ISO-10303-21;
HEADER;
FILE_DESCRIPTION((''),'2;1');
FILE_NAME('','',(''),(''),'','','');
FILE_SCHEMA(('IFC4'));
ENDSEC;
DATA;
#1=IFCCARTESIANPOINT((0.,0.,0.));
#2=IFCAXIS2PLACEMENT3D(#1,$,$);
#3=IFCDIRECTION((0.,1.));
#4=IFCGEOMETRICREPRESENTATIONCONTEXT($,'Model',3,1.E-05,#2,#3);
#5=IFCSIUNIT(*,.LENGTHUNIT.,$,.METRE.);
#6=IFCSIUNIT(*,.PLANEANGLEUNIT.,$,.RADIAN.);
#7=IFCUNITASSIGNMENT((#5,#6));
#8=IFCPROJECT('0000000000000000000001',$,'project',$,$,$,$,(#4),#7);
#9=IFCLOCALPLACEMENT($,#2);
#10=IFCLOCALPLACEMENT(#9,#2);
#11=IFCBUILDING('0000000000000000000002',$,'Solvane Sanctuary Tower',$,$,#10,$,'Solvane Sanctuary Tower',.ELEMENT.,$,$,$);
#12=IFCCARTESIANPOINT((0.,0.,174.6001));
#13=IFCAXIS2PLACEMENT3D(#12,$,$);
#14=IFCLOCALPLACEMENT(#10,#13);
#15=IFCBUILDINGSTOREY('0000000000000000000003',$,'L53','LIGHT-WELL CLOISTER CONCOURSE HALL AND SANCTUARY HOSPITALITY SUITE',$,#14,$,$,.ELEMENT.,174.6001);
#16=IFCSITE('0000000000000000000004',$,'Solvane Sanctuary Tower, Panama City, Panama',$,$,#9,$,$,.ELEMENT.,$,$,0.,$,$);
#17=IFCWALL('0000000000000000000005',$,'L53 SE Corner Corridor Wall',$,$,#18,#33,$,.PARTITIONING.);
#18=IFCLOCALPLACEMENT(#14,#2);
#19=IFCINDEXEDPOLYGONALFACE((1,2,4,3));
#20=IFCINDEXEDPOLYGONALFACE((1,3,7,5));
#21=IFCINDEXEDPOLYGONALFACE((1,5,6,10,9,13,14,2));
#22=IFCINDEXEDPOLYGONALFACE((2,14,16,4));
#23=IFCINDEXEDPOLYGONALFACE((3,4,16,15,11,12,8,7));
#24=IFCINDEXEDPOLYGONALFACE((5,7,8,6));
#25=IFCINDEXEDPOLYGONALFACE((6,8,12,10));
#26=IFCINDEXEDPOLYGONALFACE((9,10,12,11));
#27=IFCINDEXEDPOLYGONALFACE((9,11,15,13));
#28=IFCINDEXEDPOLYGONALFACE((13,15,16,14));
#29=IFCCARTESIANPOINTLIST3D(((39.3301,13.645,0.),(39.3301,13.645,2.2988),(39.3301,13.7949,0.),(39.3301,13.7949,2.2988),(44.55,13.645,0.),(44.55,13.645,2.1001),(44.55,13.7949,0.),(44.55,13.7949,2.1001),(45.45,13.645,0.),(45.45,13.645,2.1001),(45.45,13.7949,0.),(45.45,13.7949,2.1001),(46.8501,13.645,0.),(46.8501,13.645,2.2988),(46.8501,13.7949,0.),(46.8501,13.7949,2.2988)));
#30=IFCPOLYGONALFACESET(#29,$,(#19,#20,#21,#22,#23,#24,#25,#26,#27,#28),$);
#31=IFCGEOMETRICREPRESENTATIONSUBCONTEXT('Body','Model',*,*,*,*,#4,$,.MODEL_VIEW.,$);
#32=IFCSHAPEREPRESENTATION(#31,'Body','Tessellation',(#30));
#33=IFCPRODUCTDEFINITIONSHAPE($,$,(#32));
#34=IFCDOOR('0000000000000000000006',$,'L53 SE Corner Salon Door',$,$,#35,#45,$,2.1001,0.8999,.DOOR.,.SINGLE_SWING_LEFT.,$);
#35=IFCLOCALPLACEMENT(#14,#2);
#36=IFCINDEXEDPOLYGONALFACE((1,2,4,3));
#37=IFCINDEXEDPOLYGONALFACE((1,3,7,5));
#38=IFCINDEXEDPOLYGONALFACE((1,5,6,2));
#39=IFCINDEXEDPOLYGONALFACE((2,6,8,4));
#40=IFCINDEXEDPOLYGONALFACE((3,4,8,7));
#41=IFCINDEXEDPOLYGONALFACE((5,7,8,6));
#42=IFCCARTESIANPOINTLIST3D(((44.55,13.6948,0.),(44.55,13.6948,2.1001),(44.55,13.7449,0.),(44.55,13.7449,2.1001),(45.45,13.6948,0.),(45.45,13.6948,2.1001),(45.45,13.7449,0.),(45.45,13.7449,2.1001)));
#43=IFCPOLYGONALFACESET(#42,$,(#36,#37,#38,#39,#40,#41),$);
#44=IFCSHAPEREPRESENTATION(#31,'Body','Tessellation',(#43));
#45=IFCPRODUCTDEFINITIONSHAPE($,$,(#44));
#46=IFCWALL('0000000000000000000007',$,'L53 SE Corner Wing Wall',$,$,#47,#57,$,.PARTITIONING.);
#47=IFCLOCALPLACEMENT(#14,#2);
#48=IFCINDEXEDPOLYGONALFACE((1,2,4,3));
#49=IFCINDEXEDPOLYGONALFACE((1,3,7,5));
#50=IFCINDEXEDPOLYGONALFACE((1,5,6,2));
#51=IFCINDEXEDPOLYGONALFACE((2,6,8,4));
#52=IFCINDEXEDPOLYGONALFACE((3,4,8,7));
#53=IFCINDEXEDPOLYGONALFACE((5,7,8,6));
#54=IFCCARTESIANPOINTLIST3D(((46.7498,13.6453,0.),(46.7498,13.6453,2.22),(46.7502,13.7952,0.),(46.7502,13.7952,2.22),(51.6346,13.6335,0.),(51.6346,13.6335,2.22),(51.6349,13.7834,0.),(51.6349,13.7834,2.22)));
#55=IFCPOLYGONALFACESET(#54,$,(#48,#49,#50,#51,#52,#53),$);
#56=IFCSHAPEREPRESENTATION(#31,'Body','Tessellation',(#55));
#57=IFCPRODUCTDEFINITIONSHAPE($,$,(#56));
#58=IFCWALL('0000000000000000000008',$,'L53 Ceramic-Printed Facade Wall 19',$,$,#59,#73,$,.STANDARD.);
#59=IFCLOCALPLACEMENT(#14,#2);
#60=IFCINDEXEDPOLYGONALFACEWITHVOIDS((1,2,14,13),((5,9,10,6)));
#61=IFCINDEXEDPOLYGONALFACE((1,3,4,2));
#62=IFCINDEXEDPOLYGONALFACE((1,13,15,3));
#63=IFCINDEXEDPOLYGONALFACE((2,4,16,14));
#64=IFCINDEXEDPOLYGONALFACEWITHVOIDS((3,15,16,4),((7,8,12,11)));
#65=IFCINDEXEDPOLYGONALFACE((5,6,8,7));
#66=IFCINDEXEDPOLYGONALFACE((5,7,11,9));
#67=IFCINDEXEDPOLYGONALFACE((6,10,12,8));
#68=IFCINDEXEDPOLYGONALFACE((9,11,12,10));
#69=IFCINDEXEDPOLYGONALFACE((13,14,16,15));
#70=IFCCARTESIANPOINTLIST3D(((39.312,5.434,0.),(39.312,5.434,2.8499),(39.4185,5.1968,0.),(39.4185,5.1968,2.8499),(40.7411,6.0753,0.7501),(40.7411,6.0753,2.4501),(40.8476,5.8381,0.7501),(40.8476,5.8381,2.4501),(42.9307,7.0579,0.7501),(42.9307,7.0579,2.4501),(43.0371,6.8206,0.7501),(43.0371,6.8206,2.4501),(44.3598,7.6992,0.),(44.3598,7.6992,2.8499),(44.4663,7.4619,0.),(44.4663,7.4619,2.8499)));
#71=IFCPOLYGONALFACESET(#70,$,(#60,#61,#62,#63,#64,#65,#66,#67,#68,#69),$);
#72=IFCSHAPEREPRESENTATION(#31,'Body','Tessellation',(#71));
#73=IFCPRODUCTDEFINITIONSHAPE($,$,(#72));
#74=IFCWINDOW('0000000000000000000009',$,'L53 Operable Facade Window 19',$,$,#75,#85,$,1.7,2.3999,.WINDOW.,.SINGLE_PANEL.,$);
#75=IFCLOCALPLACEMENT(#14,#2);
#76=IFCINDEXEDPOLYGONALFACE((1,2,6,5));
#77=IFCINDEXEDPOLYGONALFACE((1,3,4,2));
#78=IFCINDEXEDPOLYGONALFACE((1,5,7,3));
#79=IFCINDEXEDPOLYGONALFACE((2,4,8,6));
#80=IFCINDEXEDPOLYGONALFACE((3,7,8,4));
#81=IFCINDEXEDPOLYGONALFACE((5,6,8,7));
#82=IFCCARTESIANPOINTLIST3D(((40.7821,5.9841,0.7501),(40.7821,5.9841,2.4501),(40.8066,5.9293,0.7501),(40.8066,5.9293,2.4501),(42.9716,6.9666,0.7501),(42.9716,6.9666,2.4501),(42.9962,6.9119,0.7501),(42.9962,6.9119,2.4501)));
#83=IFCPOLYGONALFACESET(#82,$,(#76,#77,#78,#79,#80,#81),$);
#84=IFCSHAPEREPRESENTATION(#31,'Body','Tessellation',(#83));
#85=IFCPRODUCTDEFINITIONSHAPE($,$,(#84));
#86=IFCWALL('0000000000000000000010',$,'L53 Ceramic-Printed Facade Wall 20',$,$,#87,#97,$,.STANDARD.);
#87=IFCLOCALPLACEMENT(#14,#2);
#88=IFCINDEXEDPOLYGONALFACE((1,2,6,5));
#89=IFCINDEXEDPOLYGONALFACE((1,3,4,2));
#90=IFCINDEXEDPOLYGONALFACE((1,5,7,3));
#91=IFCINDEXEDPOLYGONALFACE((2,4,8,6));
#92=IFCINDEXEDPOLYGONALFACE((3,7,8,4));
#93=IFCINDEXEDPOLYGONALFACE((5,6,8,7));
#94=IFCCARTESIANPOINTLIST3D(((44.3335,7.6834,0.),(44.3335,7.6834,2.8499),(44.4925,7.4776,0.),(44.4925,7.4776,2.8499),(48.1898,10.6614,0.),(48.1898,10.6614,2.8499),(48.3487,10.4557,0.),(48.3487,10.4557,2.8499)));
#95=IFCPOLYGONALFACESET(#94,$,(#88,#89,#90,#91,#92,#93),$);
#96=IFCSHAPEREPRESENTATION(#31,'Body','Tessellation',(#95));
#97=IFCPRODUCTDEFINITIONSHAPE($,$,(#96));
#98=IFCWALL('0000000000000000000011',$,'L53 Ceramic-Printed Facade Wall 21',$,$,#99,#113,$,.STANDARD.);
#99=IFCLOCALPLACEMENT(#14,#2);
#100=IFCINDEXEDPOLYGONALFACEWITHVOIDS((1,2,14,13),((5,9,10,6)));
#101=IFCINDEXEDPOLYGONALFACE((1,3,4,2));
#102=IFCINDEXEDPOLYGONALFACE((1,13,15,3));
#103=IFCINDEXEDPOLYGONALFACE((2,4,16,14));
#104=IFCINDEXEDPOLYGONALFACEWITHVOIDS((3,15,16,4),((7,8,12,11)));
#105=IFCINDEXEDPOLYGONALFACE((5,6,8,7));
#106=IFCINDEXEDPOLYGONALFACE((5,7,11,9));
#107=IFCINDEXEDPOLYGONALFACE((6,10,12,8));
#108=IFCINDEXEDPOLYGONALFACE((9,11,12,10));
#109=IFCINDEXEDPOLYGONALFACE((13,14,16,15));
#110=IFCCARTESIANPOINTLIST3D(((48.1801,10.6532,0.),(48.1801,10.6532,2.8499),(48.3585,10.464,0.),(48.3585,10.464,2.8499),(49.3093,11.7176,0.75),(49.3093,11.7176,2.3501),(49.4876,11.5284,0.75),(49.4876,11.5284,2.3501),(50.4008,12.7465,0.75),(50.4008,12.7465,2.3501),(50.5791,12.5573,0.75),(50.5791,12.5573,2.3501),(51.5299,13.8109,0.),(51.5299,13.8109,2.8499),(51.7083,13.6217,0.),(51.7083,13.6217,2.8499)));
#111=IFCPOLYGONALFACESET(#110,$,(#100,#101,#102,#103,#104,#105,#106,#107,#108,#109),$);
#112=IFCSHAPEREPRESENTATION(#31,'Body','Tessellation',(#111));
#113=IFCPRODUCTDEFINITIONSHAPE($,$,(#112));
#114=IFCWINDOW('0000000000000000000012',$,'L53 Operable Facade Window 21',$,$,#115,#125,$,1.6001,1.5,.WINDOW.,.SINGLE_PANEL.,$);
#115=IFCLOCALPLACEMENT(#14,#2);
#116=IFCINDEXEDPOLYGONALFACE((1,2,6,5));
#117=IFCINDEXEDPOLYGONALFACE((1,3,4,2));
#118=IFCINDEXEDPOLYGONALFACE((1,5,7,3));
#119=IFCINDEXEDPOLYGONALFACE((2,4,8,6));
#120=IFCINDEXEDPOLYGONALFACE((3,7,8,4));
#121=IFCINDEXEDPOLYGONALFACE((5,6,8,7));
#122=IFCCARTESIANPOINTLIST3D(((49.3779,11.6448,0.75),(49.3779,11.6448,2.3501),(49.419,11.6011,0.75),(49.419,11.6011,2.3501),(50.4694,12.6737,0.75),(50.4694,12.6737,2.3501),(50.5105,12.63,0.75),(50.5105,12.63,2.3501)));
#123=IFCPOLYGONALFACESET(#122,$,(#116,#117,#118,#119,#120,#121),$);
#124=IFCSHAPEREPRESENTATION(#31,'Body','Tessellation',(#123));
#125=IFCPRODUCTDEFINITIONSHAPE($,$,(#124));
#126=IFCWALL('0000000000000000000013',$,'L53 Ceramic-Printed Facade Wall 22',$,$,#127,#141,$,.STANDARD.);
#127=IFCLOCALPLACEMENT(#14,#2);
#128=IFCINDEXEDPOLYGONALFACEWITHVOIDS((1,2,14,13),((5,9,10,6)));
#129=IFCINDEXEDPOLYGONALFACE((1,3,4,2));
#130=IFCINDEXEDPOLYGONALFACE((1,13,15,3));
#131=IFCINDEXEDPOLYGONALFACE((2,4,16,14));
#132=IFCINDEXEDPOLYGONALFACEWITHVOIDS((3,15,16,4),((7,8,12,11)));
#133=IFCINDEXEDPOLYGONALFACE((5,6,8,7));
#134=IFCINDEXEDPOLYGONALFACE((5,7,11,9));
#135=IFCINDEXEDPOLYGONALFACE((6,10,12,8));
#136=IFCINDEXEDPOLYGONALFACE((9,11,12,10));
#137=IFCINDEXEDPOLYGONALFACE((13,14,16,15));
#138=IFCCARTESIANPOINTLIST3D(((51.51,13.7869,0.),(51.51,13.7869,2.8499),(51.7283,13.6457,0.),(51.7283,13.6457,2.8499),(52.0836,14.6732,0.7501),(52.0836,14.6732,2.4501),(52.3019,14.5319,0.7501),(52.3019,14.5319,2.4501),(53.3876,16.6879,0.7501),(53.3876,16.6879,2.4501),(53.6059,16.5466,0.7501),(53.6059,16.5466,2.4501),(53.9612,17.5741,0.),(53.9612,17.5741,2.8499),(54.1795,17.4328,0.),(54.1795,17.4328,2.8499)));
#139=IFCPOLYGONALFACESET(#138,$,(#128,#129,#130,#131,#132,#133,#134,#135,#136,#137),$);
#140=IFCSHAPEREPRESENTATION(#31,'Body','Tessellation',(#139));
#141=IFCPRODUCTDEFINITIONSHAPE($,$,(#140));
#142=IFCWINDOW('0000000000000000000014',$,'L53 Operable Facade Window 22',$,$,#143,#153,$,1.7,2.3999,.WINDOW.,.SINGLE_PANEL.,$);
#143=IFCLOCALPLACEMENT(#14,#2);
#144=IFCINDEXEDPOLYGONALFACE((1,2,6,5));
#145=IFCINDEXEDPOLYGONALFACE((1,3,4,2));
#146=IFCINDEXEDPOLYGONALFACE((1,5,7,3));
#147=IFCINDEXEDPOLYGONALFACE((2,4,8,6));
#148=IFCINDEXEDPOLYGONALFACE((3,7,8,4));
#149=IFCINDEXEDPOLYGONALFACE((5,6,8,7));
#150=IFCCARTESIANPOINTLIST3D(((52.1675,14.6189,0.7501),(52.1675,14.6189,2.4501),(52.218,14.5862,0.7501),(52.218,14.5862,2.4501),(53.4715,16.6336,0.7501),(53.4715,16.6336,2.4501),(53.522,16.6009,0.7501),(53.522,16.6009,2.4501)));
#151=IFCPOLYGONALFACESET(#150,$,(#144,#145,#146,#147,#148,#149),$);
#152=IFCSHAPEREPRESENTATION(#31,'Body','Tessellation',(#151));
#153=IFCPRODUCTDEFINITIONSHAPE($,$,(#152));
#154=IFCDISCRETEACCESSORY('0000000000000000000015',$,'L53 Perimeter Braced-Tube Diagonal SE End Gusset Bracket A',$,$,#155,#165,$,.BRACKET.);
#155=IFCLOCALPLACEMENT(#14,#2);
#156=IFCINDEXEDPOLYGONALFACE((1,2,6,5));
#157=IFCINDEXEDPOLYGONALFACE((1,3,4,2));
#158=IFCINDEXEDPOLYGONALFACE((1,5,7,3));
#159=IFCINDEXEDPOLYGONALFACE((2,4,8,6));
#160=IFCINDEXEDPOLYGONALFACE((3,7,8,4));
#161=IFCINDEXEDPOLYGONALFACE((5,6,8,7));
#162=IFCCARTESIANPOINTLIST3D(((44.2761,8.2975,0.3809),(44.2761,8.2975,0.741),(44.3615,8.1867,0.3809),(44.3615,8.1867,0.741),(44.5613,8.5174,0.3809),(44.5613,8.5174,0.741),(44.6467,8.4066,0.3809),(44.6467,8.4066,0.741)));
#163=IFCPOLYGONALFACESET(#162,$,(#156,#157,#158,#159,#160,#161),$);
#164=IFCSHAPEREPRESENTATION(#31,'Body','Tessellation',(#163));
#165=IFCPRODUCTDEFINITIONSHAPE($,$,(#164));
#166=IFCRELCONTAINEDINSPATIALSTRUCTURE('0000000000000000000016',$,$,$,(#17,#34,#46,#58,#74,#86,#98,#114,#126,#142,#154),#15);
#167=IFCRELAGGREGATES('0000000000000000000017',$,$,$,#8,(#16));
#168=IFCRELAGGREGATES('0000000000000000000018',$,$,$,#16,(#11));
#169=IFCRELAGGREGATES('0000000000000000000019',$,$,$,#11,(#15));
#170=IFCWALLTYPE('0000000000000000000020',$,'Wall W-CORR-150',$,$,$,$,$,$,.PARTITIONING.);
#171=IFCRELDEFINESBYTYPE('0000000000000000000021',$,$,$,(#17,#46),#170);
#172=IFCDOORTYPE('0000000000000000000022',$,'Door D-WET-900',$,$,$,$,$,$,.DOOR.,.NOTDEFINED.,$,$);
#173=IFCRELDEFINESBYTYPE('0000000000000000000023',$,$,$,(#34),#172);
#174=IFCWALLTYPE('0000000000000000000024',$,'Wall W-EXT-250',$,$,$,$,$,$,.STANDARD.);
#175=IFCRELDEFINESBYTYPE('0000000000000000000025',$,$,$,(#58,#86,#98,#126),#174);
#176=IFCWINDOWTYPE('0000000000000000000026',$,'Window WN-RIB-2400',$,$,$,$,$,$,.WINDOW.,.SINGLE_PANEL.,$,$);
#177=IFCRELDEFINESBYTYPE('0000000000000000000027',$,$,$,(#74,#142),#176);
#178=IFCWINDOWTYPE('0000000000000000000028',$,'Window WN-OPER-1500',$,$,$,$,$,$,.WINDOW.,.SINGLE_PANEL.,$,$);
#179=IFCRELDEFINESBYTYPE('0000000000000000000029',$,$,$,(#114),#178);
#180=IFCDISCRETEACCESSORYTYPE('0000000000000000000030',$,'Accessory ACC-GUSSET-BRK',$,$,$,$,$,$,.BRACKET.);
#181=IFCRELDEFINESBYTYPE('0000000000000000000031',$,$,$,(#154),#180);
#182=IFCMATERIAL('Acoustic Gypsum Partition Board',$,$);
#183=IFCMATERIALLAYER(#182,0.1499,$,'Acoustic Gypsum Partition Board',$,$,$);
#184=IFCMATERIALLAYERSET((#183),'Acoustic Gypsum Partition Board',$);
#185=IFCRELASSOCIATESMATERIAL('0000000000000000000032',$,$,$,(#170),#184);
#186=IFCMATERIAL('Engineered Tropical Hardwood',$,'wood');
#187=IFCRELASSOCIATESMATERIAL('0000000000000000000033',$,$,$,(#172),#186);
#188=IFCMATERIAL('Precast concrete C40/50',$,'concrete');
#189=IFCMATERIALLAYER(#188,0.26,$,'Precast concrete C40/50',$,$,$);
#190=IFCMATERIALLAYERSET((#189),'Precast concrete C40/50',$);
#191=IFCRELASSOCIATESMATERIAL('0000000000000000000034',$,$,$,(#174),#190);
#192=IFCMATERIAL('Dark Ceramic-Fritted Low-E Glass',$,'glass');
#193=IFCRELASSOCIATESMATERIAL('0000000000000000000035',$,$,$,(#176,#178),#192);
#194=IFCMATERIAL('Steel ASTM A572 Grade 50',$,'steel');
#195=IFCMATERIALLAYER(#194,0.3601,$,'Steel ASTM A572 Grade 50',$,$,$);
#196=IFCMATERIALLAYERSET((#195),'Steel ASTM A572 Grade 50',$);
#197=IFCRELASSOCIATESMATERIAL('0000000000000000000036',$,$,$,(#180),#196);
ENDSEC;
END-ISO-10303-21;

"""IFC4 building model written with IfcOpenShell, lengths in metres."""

from ifc_helpers import new_model, si_unit, direction, frame, frame_2d, origin, origin_2d, place, context, subcontext, project, spatial, rectangle, extrude, material, layer, layer_set, type_object, element, fill, save


model = new_model("IFC4")

# Units and contexts
model_context = context("Model", 3, precision=1e-05, world=origin(), true_north=direction((0.0, 1.0)))
body_context = subcontext(model_context, "Body", "Model", "MODEL_VIEW")
ifc_project = project(units=[si_unit("LENGTHUNIT", "METRE"), si_unit("PLANEANGLEUNIT", "RADIAN")], contexts=[model_context])

# Site, building, storey
site_placement = place(None, origin())
site = spatial("IfcSite", under=ifc_project, at=site_placement, Name="Solvane Sanctuary Tower, Panama City, Panama", CompositionType="ELEMENT", RefElevation=0.0)
building_placement = place(site_placement, origin())
building = spatial("IfcBuilding", under=site, at=building_placement, Name="Solvane Sanctuary Tower", LongName="Solvane Sanctuary Tower", CompositionType="ELEMENT")
storey_placement = place(building_placement, frame((0.0, 0.0, 174.6001)))
storey = spatial("IfcBuildingStorey", under=building, at=storey_placement, Name="L53", Description="LIGHT-WELL CLOISTER CONCOURSE HALL AND SANCTUARY HOSPITALITY SUITE", CompositionType="ELEMENT", Elevation=174.6001)

# Wall, opening, door
ifc_material_1 = material(Name="Acoustic Gypsum Partition Board")
ifc_layer_1 = layer(ifc_material_1, 0.1499, Name="Acoustic Gypsum Partition Board")
ifc_layer_set_1 = layer_set([ifc_layer_1], Name="Acoustic Gypsum Partition Board")
wall_type_1 = type_object("IfcWallType", Name="Wall W-CORR-150", PredefinedType="PARTITIONING", material=ifc_layer_set_1)
wall_1_placement = place(storey_placement, frame((39.3301, 13.72, 0.0), z_axis=(0.0, 0.0, 1.0), x_axis=(1.0, 0.0, 0.0)))
wall_1 = element("IfcWall", 1, at=wall_1_placement, inside=storey, type_object=wall_type_1, Name="L53 SE Corner Corridor Wall", PredefinedType="PARTITIONING", context=body_context, shape_type="SweptSolid", body=[
    extrude(rectangle(XDim=7.52, YDim=0.1499, at=frame_2d((3.76, 0.0))), origin(), (0.0, 0.0, 1.0), 2.2988),
])
opening_1_placement = place(wall_1_placement, frame((5.22, 0.0, 0.0)))
opening_1 = element("IfcOpeningElement", 2, at=opening_1_placement, cuts=wall_1, PredefinedType="OPENING", context=body_context, shape_type="SweptSolid", body=[
    extrude(rectangle(XDim=0.8999, YDim=2.1001, at=frame_2d((0.45, 1.05))), frame((0.0, 0.085, 0.0), z_axis=(0.0, -1.0, 0.0), x_axis=(1.0, 0.0, 0.0)), (0.0, 0.0, 1.0), 0.1699),
])
ifc_material_2 = material(Name="Engineered Tropical Hardwood", Category="wood")
door_type = type_object("IfcDoorType", Name="Door D-WET-900", OperationType="NOTDEFINED", PredefinedType="DOOR", material=ifc_material_2)
door_placement = place(opening_1_placement, origin())
door = element("IfcDoor", 3, at=door_placement, inside=storey, type_object=door_type, Name="L53 SE Corner Salon Door", OperationType="SINGLE_SWING_LEFT", OverallHeight=2.1001, OverallWidth=0.8999, PredefinedType="DOOR", context=body_context, shape_type="SweptSolid", body=[
    extrude(rectangle(XDim=0.8999, YDim=2.1001, at=frame_2d((0.45, 1.05))), frame((0.0, 0.0249, 0.0), z_axis=(0.0, -1.0, 0.0), x_axis=(1.0, 0.0, 0.0)), (0.0, 0.0, 1.0), 0.05),
])
fill(opening_1, door)

# Wall
wall_2_placement = place(storey_placement, frame((46.75, 13.7202, 0.0), z_axis=(0.0, 0.0, 1.0), x_axis=(0.999997, -0.002399, 0.0)))
element("IfcWall", 4, at=wall_2_placement, inside=storey, type_object=wall_type_1, Name="L53 SE Corner Wing Wall", PredefinedType="PARTITIONING", context=body_context, shape_type="SweptSolid", body=[
    extrude(rectangle(XDim=4.8848, YDim=0.1499, at=frame_2d((2.4424, 0.0))), origin(), (0.0, 0.0, 1.0), 2.22),
])

# Wall, opening, window
ifc_material_3 = material(Name="Precast concrete C40/50", Category="concrete")
ifc_layer_2 = layer(ifc_material_3, 0.26, Name="Precast concrete C40/50")
ifc_layer_set_2 = layer_set([ifc_layer_2], Name="Precast concrete C40/50")
wall_type_2 = type_object("IfcWallType", Name="Wall W-EXT-250", PredefinedType="STANDARD", material=ifc_layer_set_2)
wall_3_placement = place(storey_placement, frame((39.3652, 5.3154, 0.0), z_axis=(0.0, 0.0, 1.0), x_axis=(0.912354, 0.409403, 0.0)))
wall_3 = element("IfcWall", 5, at=wall_3_placement, inside=storey, type_object=wall_type_2, Name="L53 Ceramic-Printed Facade Wall 19", PredefinedType="STANDARD", context=body_context, shape_type="SweptSolid", body=[
    extrude(rectangle(XDim=5.5327, YDim=0.26, at=frame_2d((2.7664, 0.0))), origin(), (0.0, 0.0, 1.0), 2.8499),
])
opening_2_placement = place(wall_3_placement, frame((1.5664, 0.0, 0.75)))
opening_2 = element("IfcOpeningElement", 6, at=opening_2_placement, cuts=wall_3, PredefinedType="OPENING", context=body_context, shape_type="SweptSolid", body=[
    extrude(rectangle(XDim=2.3999, YDim=1.7, at=frame_2d((1.2, 0.8501))), frame((0.0, 0.1399, 0.0), z_axis=(0.0, -1.0, 0.0), x_axis=(1.0, 0.0, 0.0)), (0.0, 0.0, 1.0), 0.28),
])
ifc_material_4 = material(Name="Dark Ceramic-Fritted Low-E Glass", Category="glass")
window_type_1 = type_object("IfcWindowType", Name="Window WN-RIB-2400", PartitioningType="SINGLE_PANEL", PredefinedType="WINDOW", material=ifc_material_4)
window_1_placement = place(opening_2_placement, origin())
window_1 = element("IfcWindow", 7, at=window_1_placement, inside=storey, type_object=window_type_1, Name="L53 Operable Facade Window 19", OverallHeight=1.7, OverallWidth=2.3999, PartitioningType="SINGLE_PANEL", PredefinedType="WINDOW", context=body_context, shape_type="SweptSolid", body=[
    extrude(rectangle(XDim=2.3999, YDim=1.7, at=frame_2d((1.2, 0.8501))), frame((0.0, 0.03, 0.0), z_axis=(0.0, -1.0, 0.0), x_axis=(1.0, 0.0, 0.0)), (0.0, 0.0, 1.0), 0.0601),
])
fill(opening_2, window_1)

# Wall
wall_4_placement = place(storey_placement, frame((44.4131, 7.5806, 0.0), z_axis=(0.0, 0.0, 1.0), x_axis=(0.79146, 0.611221, 0.0)))
element("IfcWall", 8, at=wall_4_placement, inside=storey, type_object=wall_type_2, Name="L53 Ceramic-Printed Facade Wall 20", PredefinedType="STANDARD", context=body_context, shape_type="SweptSolid", body=[
    extrude(rectangle(XDim=4.8723, YDim=0.26, at=frame_2d((2.436, 0.0))), origin(), (0.0, 0.0, 1.0), 2.8499),
])

# Walls, openings, windows
wall_5_placement = place(storey_placement, frame((48.2693, 10.5586, 0.0), z_axis=(0.0, 0.0, 1.0), x_axis=(0.727667, 0.68593, 0.0)))
wall_5 = element("IfcWall", 9, at=wall_5_placement, inside=storey, type_object=wall_type_2, Name="L53 Ceramic-Printed Facade Wall 21", PredefinedType="STANDARD", context=body_context, shape_type="SweptSolid", body=[
    extrude(rectangle(XDim=4.6035, YDim=0.26, at=frame_2d((2.3018, 0.0))), origin(), (0.0, 0.0, 1.0), 2.8499),
])
opening_3_placement = place(wall_5_placement, frame((1.5518, 0.0, 0.75)))
opening_3 = element("IfcOpeningElement", 10, at=opening_3_placement, cuts=wall_5, PredefinedType="OPENING", context=body_context, shape_type="SweptSolid", body=[
    extrude(rectangle(XDim=1.5, YDim=1.6001, at=frame_2d((0.75, 0.8))), frame((0.0, 0.1399, 0.0), z_axis=(0.0, -1.0, 0.0), x_axis=(1.0, 0.0, 0.0)), (0.0, 0.0, 1.0), 0.28),
])
window_type_2 = type_object("IfcWindowType", Name="Window WN-OPER-1500", PartitioningType="SINGLE_PANEL", PredefinedType="WINDOW", material=ifc_material_4)
window_2_placement = place(opening_3_placement, origin())
window_2 = element("IfcWindow", 11, at=window_2_placement, inside=storey, type_object=window_type_2, Name="L53 Operable Facade Window 21", OverallHeight=1.6001, OverallWidth=1.5, PartitioningType="SINGLE_PANEL", PredefinedType="WINDOW", context=body_context, shape_type="SweptSolid", body=[
    extrude(rectangle(XDim=1.5, YDim=1.6001, at=frame_2d((0.75, 0.8))), frame((0.0, 0.03, 0.0), z_axis=(0.0, -1.0, 0.0), x_axis=(1.0, 0.0, 0.0)), (0.0, 0.0, 1.0), 0.0601),
])
fill(opening_3, window_2)
wall_6_placement = place(storey_placement, frame((51.6191, 13.7163, 0.0), z_axis=(0.0, 0.0, 1.0), x_axis=(0.543359, 0.8395, 0.0)))
wall_6 = element("IfcWall", 12, at=wall_6_placement, inside=storey, type_object=wall_type_2, Name="L53 Ceramic-Printed Facade Wall 22", PredefinedType="STANDARD", context=body_context, shape_type="SweptSolid", body=[
    extrude(rectangle(XDim=4.5112, YDim=0.26, at=frame_2d((2.2556, 0.0))), origin(), (0.0, 0.0, 1.0), 2.8499),
])
opening_4_placement = place(wall_6_placement, frame((1.0557, 0.0, 0.75)))
opening_4 = element("IfcOpeningElement", 13, at=opening_4_placement, cuts=wall_6, PredefinedType="OPENING", context=body_context, shape_type="SweptSolid", body=[
    extrude(rectangle(XDim=2.3999, YDim=1.7, at=frame_2d((1.2, 0.8501))), frame((0.0, 0.1399, 0.0), z_axis=(0.0, -1.0, 0.0), x_axis=(1.0, 0.0, 0.0)), (0.0, 0.0, 1.0), 0.28),
])
window_3_placement = place(opening_4_placement, origin())
window_3 = element("IfcWindow", 14, at=window_3_placement, inside=storey, type_object=window_type_1, Name="L53 Operable Facade Window 22", OverallHeight=1.7, OverallWidth=2.3999, PartitioningType="SINGLE_PANEL", PredefinedType="WINDOW", context=body_context, shape_type="SweptSolid", body=[
    extrude(rectangle(XDim=2.3999, YDim=1.7, at=frame_2d((1.2, 0.8501))), frame((0.0, 0.03, 0.0), z_axis=(0.0, -1.0, 0.0), x_axis=(1.0, 0.0, 0.0)), (0.0, 0.0, 1.0), 0.0601),
])
fill(opening_4, window_3)

# Discrete accessory
ifc_material_5 = material(Name="Steel ASTM A572 Grade 50", Category="steel")
ifc_layer_3 = layer(ifc_material_5, 0.3601, Name="Steel ASTM A572 Grade 50")
ifc_layer_set_3 = layer_set([ifc_layer_3], Name="Steel ASTM A572 Grade 50")
discrete_accessory_type = type_object("IfcDiscreteAccessoryType", Name="Accessory ACC-GUSSET-BRK", PredefinedType="BRACKET", material=ifc_layer_set_3)
for number, where, z_axis, x_axis, name in (
    (15, (44.4614, 8.3521, 0.3809), (0.0, 0.0, 1.0), (0.792077, 0.610422, 0.0), "L53 Perimeter Braced-Tube Diagonal SE End Gusset Bracket A"),
):
    element("IfcDiscreteAccessory", number, at=place(storey_placement, frame(where, z_axis=z_axis, x_axis=x_axis)), inside=storey, type_object=discrete_accessory_type, Name=name, PredefinedType="BRACKET", context=body_context, shape_type="SweptSolid", body=[
        extrude(rectangle(XDim=0.3601, YDim=0.1399, at=origin_2d()), origin(), (0.0, 0.0, 1.0), 0.3601),
    ])

save(model, "model.ifc")
